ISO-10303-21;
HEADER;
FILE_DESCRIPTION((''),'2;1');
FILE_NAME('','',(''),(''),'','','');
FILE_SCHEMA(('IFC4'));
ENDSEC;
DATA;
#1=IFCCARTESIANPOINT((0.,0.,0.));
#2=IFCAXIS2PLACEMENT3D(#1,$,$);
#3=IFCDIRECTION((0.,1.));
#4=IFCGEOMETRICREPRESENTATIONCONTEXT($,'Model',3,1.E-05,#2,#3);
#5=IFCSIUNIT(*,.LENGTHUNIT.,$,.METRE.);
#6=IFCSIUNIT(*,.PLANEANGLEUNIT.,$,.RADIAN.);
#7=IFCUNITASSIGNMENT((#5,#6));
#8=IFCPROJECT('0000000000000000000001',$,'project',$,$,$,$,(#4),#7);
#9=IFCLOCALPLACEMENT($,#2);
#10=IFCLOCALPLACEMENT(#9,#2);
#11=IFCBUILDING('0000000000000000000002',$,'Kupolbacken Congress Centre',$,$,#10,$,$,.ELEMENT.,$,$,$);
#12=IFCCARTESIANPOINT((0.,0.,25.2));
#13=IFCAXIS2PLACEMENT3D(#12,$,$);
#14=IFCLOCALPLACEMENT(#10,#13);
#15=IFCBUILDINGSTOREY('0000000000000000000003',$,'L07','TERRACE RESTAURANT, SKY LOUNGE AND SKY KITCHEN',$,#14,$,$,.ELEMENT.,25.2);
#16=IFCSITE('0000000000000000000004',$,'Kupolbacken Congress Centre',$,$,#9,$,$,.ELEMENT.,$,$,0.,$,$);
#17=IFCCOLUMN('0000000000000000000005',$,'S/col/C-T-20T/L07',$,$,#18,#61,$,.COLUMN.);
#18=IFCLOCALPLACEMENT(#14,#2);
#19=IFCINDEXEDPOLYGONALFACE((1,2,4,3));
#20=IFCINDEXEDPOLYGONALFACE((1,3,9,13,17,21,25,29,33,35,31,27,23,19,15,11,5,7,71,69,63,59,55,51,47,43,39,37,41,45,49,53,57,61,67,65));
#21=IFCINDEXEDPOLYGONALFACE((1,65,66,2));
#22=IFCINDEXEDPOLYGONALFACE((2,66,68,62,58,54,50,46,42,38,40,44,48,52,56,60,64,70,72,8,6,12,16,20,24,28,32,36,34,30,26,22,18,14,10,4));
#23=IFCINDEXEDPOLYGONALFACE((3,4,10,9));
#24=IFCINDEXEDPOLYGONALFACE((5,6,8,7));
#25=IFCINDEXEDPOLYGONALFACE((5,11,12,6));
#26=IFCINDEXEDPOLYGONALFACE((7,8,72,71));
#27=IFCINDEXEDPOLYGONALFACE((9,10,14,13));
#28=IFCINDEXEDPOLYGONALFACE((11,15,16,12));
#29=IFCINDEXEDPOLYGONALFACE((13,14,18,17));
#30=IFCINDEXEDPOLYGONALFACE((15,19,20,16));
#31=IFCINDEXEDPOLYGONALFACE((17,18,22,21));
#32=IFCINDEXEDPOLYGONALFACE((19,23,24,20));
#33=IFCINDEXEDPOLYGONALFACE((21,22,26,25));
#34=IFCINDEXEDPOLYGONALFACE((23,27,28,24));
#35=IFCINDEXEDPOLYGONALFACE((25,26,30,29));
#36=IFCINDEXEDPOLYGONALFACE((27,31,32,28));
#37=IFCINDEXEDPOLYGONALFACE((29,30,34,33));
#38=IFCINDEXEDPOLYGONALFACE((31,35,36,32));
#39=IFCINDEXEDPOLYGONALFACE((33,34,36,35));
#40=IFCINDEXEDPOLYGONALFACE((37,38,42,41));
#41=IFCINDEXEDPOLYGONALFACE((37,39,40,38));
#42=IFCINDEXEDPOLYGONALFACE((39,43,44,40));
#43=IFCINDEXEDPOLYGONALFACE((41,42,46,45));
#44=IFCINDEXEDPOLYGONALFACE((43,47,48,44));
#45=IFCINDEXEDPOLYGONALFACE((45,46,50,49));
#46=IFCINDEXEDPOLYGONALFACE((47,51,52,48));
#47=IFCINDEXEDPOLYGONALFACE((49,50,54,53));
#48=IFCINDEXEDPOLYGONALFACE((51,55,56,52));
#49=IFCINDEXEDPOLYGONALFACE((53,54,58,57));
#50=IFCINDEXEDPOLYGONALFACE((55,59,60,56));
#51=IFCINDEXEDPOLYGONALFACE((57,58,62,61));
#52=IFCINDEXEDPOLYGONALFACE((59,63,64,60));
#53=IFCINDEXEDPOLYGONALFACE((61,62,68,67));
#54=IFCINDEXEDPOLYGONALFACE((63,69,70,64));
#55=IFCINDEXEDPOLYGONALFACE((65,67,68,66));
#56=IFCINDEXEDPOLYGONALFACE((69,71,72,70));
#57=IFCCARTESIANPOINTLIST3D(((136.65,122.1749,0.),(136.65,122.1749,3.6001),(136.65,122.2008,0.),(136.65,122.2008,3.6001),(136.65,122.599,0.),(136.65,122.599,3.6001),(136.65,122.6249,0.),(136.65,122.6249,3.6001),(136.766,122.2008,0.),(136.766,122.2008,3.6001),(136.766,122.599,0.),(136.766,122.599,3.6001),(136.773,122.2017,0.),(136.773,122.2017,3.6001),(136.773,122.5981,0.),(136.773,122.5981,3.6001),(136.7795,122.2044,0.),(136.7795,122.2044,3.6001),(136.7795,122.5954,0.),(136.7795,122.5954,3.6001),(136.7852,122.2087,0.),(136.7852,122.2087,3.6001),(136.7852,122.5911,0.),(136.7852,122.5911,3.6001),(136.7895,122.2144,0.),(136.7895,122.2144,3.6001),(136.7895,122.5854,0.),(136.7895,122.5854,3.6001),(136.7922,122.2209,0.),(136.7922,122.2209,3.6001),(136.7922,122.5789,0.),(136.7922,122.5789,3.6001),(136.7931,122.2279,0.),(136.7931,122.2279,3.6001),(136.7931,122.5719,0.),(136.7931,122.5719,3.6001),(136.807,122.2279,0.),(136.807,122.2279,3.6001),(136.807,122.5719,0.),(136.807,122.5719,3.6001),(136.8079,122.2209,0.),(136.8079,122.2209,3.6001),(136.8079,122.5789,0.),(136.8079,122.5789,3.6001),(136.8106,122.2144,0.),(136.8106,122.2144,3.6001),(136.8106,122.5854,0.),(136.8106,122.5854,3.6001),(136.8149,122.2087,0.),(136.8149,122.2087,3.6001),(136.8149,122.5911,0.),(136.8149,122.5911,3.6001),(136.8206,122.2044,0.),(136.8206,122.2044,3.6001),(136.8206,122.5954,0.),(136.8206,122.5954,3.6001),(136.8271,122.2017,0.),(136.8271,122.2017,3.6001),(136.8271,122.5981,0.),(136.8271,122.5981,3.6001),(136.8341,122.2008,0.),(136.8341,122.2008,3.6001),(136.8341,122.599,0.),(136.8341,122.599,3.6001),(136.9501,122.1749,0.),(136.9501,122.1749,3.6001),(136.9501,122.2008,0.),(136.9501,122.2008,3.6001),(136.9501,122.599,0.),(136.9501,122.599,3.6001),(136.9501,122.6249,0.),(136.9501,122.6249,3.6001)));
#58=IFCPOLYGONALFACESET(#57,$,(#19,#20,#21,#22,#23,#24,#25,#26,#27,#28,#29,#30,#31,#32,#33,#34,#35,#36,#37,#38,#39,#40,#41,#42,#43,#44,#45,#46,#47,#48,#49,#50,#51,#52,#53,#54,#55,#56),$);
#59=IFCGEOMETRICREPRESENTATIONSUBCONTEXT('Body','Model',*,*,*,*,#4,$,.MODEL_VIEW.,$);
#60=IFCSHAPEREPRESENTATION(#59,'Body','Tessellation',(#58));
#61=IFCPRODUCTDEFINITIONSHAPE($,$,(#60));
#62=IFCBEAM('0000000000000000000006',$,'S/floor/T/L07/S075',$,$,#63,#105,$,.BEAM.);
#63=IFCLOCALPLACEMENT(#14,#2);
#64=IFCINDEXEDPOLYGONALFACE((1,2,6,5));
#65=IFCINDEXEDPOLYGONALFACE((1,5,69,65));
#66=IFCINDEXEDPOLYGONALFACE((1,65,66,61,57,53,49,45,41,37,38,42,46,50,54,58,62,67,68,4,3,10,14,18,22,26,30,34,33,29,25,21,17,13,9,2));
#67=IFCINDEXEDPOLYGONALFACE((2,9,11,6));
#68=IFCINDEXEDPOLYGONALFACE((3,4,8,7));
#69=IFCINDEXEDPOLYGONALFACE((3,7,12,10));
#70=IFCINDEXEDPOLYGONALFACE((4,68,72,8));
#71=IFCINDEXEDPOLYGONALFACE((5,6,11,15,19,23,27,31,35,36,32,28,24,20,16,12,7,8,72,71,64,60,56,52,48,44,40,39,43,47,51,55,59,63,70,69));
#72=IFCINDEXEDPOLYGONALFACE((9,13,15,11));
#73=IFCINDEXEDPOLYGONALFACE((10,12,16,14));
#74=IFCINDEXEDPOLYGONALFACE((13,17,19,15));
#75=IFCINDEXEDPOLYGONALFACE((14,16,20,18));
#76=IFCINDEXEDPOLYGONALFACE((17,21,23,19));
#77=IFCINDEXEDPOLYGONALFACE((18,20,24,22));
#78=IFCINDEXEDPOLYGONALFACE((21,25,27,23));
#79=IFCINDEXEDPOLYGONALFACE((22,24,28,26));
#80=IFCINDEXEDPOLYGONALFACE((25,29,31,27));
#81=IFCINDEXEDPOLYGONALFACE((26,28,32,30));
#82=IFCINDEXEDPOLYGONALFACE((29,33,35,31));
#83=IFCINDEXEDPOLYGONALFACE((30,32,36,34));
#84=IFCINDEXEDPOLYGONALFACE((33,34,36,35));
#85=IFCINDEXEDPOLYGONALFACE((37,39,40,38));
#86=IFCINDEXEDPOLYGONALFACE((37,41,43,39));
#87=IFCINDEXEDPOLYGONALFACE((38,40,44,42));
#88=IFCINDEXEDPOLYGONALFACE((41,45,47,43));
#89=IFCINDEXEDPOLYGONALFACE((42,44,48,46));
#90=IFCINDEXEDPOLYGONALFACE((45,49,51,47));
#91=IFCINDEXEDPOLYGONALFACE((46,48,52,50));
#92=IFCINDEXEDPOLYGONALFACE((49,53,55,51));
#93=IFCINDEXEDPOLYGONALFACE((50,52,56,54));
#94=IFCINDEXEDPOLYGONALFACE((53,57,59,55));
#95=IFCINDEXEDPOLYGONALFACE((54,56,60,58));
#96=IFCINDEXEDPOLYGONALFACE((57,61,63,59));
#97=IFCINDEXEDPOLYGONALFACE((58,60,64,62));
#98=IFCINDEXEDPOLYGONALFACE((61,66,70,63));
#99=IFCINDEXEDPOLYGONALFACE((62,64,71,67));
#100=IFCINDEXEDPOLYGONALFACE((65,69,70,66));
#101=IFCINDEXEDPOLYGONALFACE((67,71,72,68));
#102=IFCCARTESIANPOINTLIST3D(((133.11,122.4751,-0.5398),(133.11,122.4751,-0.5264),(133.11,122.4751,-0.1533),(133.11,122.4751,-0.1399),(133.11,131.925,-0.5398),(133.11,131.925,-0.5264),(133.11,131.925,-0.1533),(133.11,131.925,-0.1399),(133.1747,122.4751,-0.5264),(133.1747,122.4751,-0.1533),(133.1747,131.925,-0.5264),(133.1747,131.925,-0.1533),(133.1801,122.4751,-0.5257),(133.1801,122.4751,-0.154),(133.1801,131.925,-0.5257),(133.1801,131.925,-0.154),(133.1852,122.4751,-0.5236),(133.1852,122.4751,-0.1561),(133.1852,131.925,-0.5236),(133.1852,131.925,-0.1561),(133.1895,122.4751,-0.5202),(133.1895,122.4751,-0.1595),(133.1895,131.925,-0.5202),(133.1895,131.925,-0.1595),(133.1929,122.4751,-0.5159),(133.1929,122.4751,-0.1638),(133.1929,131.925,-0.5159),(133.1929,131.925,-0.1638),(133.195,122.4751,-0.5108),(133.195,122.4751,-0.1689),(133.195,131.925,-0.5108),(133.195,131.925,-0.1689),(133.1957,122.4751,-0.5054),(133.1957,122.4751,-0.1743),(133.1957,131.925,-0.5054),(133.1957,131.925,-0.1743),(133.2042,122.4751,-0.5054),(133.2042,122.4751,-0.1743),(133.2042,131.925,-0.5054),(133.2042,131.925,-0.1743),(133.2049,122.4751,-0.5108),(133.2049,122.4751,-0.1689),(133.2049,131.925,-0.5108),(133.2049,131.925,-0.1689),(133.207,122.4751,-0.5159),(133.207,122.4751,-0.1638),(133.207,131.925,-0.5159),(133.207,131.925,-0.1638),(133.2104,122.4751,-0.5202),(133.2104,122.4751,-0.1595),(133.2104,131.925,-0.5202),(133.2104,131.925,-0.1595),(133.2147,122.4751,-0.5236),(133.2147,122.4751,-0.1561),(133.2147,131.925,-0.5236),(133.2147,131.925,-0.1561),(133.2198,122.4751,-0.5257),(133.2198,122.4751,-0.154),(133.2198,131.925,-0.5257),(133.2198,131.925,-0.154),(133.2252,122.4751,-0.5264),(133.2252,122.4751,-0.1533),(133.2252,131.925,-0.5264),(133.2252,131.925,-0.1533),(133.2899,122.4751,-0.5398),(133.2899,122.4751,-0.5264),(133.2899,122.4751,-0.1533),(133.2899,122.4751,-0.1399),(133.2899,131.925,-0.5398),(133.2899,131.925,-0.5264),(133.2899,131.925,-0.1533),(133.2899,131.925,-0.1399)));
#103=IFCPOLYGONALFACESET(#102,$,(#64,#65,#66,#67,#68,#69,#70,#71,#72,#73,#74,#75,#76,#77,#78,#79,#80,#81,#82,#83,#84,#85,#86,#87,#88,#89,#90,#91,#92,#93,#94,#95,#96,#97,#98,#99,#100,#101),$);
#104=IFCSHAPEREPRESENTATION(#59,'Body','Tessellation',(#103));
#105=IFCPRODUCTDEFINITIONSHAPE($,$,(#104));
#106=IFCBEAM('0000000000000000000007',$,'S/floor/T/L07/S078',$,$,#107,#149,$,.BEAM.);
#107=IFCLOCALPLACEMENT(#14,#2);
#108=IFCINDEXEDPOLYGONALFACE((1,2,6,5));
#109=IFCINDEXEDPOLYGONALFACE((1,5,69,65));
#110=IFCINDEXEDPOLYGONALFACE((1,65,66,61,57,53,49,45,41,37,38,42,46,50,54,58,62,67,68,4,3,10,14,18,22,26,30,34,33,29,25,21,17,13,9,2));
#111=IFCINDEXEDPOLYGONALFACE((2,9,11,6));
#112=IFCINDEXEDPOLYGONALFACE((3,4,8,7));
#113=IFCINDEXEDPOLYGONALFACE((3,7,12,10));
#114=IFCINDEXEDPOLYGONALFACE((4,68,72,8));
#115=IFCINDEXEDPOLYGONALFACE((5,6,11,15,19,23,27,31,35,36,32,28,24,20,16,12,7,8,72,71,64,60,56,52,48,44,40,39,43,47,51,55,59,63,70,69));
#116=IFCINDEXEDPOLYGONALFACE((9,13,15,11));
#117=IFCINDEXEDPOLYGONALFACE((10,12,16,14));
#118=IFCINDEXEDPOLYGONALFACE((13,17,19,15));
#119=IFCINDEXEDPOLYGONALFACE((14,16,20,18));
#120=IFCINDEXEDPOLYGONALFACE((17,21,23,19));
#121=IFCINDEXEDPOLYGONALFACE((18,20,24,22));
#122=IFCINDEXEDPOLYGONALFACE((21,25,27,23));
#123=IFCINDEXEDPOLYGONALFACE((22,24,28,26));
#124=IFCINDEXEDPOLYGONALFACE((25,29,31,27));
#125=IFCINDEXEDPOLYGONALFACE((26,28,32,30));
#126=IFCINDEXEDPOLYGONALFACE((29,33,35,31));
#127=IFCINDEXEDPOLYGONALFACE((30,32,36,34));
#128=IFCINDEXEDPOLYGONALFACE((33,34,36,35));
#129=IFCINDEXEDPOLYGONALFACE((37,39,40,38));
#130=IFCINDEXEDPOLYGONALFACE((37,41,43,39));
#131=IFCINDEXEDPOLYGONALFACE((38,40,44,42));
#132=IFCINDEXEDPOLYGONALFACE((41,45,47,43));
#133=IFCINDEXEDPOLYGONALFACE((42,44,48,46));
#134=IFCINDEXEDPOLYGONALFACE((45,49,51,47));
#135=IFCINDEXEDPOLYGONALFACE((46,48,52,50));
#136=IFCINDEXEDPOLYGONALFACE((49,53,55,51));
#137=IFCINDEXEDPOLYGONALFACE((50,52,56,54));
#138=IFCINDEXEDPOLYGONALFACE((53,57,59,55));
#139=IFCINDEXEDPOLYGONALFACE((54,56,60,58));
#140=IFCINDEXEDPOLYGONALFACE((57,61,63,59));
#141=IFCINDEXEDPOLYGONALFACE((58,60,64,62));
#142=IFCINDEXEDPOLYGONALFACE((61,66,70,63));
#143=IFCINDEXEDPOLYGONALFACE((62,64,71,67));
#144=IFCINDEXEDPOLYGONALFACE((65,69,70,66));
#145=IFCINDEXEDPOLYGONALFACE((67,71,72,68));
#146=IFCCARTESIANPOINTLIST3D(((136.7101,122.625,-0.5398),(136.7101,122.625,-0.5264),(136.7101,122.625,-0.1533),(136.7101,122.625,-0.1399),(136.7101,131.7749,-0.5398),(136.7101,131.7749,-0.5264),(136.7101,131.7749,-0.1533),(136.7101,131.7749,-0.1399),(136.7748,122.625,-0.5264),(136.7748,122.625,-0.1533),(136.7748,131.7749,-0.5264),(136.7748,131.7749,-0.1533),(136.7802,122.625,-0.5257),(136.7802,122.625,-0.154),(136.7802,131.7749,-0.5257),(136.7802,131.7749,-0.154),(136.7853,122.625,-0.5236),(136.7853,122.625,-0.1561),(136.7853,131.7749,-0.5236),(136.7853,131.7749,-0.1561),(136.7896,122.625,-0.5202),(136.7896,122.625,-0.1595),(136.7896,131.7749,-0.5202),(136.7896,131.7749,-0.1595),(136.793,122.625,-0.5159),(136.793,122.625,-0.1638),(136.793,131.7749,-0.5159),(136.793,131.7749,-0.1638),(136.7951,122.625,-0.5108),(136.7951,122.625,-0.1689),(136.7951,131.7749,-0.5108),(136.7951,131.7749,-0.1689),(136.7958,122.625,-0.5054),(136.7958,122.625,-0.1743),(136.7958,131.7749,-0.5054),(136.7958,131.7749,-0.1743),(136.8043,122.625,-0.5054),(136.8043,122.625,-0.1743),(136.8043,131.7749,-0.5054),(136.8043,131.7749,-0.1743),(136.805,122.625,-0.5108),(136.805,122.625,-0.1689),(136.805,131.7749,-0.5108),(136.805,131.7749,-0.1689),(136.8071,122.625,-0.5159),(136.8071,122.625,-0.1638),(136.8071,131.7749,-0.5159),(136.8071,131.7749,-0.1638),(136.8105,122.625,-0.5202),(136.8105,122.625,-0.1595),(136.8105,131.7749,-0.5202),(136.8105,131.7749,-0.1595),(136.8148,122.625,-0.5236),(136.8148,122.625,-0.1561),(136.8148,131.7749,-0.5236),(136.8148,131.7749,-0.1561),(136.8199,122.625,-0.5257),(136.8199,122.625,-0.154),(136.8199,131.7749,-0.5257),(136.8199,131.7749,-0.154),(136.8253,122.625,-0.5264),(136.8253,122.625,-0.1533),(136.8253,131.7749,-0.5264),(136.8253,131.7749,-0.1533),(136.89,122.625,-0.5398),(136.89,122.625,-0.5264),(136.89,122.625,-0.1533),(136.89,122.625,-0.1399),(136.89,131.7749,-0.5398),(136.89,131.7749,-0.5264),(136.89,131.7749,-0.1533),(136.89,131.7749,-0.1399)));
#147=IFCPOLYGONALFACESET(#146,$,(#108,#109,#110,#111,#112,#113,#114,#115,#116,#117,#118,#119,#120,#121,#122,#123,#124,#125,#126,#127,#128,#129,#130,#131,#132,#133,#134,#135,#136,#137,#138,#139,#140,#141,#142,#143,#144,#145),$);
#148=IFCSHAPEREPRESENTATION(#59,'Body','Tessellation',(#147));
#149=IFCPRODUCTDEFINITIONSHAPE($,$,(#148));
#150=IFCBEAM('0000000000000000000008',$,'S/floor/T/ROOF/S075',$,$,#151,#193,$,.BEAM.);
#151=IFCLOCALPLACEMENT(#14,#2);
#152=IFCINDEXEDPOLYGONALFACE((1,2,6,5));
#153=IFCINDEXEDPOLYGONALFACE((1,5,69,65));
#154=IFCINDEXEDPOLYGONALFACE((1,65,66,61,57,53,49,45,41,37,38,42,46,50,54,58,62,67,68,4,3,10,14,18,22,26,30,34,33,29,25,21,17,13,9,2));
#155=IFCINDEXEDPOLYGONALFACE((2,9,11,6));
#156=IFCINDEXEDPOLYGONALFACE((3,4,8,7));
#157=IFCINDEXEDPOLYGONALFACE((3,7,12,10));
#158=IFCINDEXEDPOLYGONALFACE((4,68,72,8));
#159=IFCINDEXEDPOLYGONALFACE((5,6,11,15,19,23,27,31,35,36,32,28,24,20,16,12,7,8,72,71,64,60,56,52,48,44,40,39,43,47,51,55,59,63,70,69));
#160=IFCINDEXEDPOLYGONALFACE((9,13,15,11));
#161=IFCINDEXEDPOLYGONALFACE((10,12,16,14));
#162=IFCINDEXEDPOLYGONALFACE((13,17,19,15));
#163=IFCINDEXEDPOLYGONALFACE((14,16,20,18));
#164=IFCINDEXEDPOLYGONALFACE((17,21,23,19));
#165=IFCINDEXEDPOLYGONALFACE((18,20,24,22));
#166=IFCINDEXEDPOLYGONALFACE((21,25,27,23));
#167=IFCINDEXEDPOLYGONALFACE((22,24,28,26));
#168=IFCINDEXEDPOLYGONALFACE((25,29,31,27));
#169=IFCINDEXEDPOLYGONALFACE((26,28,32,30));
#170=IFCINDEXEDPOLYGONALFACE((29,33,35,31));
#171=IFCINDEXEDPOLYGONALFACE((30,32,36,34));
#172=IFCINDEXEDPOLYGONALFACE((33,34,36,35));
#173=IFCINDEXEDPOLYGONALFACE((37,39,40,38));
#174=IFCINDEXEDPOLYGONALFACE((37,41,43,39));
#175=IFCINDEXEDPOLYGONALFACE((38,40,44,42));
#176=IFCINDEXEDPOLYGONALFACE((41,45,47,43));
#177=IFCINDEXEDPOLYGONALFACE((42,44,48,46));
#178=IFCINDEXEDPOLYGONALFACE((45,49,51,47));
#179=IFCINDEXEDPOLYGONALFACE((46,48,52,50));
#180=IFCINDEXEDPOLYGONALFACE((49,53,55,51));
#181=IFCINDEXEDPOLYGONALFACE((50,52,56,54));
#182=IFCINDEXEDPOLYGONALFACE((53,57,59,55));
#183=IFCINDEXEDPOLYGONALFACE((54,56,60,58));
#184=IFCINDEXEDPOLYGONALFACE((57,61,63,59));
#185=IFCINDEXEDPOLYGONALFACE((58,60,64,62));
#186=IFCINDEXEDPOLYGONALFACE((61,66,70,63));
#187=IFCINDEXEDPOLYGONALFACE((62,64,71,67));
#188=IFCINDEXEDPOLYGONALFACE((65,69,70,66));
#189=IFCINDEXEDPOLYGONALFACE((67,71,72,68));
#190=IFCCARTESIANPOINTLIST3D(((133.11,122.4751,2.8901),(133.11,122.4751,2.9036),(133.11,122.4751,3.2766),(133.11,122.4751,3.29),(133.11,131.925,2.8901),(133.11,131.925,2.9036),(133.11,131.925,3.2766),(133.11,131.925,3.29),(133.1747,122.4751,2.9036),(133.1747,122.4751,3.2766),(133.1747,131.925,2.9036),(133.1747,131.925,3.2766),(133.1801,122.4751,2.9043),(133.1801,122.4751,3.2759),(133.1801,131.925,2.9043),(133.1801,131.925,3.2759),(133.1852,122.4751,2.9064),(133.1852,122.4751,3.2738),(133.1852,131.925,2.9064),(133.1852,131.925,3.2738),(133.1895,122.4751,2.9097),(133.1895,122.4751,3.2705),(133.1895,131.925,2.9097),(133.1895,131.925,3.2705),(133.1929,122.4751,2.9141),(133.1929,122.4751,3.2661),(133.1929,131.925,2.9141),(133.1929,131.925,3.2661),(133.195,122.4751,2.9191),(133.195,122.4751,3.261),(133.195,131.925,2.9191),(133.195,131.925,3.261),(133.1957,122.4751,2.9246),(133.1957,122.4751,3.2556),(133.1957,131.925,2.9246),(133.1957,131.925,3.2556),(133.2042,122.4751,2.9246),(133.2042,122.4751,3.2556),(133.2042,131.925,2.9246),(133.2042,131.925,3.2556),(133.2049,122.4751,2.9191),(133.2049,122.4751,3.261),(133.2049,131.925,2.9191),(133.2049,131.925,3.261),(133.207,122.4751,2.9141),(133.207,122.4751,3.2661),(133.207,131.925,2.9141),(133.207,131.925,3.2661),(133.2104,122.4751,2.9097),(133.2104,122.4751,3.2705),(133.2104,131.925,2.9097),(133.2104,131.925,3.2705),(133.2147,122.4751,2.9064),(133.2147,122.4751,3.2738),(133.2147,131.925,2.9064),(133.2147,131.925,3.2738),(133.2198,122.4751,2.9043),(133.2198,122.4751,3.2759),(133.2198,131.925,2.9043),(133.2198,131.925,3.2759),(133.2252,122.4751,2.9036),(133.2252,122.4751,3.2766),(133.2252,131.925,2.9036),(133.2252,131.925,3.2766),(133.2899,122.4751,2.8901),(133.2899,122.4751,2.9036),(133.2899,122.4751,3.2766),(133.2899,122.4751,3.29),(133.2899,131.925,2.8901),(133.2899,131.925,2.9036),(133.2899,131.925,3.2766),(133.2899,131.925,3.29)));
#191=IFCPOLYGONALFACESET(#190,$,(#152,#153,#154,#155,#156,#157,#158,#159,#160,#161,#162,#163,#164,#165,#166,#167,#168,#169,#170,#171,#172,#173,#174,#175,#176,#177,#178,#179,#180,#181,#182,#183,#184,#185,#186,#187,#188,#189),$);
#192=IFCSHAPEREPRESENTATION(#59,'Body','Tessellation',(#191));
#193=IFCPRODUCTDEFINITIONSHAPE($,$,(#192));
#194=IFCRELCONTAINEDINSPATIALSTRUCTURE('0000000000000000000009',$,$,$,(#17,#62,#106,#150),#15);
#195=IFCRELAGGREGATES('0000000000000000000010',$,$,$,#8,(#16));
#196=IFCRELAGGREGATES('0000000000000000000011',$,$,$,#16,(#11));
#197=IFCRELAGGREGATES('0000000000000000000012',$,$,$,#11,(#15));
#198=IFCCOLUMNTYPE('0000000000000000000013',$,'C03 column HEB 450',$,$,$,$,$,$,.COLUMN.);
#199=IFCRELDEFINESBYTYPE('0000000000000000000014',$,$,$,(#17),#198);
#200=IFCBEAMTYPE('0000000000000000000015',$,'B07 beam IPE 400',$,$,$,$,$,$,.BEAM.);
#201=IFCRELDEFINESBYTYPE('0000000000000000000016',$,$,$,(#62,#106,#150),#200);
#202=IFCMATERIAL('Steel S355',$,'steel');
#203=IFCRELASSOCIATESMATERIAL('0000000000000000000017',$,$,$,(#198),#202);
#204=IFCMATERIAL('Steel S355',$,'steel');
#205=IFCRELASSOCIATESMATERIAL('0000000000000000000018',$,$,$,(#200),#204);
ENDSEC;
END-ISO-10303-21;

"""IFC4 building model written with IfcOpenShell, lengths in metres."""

from ifc_helpers import new_model, si_unit, direction, frame, origin, origin_2d, place, context, subcontext, project, spatial, i_section, extrude, material, material_profile, profile_set, type_object, element, save


model = new_model("IFC4")

# Units and contexts
model_context = context("Model", 3, precision=1e-05, world=origin(), true_north=direction((0.0, 1.0)))
body_context = subcontext(model_context, "Body", "Model", "MODEL_VIEW")
ifc_project = project(units=[si_unit("LENGTHUNIT", "METRE"), si_unit("PLANEANGLEUNIT", "RADIAN")], contexts=[model_context])

# Site, building, storey
site_placement = place(None, origin())
site = spatial("IfcSite", under=ifc_project, at=site_placement, Name="Kupolbacken Congress Centre", CompositionType="ELEMENT", RefElevation=0.0)
building_placement = place(site_placement, origin())
building = spatial("IfcBuilding", under=site, at=building_placement, Name="Kupolbacken Congress Centre", CompositionType="ELEMENT")
storey_placement = place(building_placement, frame((0.0, 0.0, 25.2)))
storey = spatial("IfcBuildingStorey", under=building, at=storey_placement, Name="L07", Description="TERRACE RESTAURANT, SKY LOUNGE AND SKY KITCHEN", CompositionType="ELEMENT", Elevation=25.2)

# Column
ifc_material_1 = material(Name="Steel S355", Category="steel")
ifc_material_profile_1 = material_profile(ifc_material_1, i_section(OverallWidth=0.3, OverallDepth=0.45, WebThickness=0.0139, FlangeThickness=0.0259, FilletRadius=0.0271, at=origin_2d()), Name="HEB 450")
ifc_profile_set_1 = profile_set([ifc_material_profile_1], Name="Steel S355")
column_type = type_object("IfcColumnType", Name="C03 column HEB 450", PredefinedType="COLUMN", material=ifc_profile_set_1)
column_placement = place(storey_placement, frame((136.8, 122.3999, 0.0), z_axis=(0.0, 0.0, 1.0), x_axis=(1.0, 0.0, 0.0)))
element("IfcColumn", 1, at=column_placement, inside=storey, type_object=column_type, Name="S/col/C-T-20T/L07", PredefinedType="COLUMN", context=body_context, shape_type="SweptSolid", body=[
    extrude(i_section(OverallWidth=0.3, OverallDepth=0.45, WebThickness=0.0139, FlangeThickness=0.0259, FilletRadius=0.0271, at=origin_2d()), origin(), (0.0, 0.0, 1.0), 3.6001),
])

# Beams
ifc_material_2 = material(Name="Steel S355", Category="steel")
ifc_material_profile_2 = material_profile(ifc_material_2, i_section(OverallWidth=0.1799, OverallDepth=0.3999, WebThickness=0.0085, FlangeThickness=0.0134, FilletRadius=0.021, at=origin_2d()), Name="IPE 400")
ifc_profile_set_2 = profile_set([ifc_material_profile_2], Name="Steel S355")
beam_type = type_object("IfcBeamType", Name="B07 beam IPE 400", PredefinedType="BEAM", material=ifc_profile_set_2)
beam_1_placement = place(storey_placement, frame((133.2, 122.4751, -0.3398), z_axis=(0.0, 1.0, 0.0), x_axis=(-1.0, 0.0, 0.0)))
element("IfcBeam", 2, at=beam_1_placement, inside=storey, type_object=beam_type, Name="S/floor/T/L07/S075", PredefinedType="BEAM", context=body_context, shape_type="SweptSolid", body=[
    extrude(i_section(OverallWidth=0.1799, OverallDepth=0.3999, WebThickness=0.0085, FlangeThickness=0.0134, FilletRadius=0.021, at=origin_2d()), origin(), (0.0, 0.0, 1.0), 9.45),
])
beam_2_placement = place(storey_placement, frame((136.8, 122.625, -0.3398), z_axis=(0.0, 1.0, 0.0), x_axis=(-1.0, 0.0, 0.0)))
element("IfcBeam", 3, at=beam_2_placement, inside=storey, type_object=beam_type, Name="S/floor/T/L07/S078", PredefinedType="BEAM", context=body_context, shape_type="SweptSolid", body=[
    extrude(i_section(OverallWidth=0.1799, OverallDepth=0.3999, WebThickness=0.0085, FlangeThickness=0.0134, FilletRadius=0.021, at=origin_2d()), origin(), (0.0, 0.0, 1.0), 9.1499),
])
beam_3_placement = place(storey_placement, frame((133.2, 122.4751, 3.0901), z_axis=(0.0, 1.0, 0.0), x_axis=(-1.0, 0.0, 0.0)))
element("IfcBeam", 4, at=beam_3_placement, inside=storey, type_object=beam_type, Name="S/floor/T/ROOF/S075", PredefinedType="BEAM", context=body_context, shape_type="SweptSolid", body=[
    extrude(i_section(OverallWidth=0.1799, OverallDepth=0.3999, WebThickness=0.0085, FlangeThickness=0.0134, FilletRadius=0.021, at=origin_2d()), origin(), (0.0, 0.0, 1.0), 9.45),
])

save(model, "model.ifc")
